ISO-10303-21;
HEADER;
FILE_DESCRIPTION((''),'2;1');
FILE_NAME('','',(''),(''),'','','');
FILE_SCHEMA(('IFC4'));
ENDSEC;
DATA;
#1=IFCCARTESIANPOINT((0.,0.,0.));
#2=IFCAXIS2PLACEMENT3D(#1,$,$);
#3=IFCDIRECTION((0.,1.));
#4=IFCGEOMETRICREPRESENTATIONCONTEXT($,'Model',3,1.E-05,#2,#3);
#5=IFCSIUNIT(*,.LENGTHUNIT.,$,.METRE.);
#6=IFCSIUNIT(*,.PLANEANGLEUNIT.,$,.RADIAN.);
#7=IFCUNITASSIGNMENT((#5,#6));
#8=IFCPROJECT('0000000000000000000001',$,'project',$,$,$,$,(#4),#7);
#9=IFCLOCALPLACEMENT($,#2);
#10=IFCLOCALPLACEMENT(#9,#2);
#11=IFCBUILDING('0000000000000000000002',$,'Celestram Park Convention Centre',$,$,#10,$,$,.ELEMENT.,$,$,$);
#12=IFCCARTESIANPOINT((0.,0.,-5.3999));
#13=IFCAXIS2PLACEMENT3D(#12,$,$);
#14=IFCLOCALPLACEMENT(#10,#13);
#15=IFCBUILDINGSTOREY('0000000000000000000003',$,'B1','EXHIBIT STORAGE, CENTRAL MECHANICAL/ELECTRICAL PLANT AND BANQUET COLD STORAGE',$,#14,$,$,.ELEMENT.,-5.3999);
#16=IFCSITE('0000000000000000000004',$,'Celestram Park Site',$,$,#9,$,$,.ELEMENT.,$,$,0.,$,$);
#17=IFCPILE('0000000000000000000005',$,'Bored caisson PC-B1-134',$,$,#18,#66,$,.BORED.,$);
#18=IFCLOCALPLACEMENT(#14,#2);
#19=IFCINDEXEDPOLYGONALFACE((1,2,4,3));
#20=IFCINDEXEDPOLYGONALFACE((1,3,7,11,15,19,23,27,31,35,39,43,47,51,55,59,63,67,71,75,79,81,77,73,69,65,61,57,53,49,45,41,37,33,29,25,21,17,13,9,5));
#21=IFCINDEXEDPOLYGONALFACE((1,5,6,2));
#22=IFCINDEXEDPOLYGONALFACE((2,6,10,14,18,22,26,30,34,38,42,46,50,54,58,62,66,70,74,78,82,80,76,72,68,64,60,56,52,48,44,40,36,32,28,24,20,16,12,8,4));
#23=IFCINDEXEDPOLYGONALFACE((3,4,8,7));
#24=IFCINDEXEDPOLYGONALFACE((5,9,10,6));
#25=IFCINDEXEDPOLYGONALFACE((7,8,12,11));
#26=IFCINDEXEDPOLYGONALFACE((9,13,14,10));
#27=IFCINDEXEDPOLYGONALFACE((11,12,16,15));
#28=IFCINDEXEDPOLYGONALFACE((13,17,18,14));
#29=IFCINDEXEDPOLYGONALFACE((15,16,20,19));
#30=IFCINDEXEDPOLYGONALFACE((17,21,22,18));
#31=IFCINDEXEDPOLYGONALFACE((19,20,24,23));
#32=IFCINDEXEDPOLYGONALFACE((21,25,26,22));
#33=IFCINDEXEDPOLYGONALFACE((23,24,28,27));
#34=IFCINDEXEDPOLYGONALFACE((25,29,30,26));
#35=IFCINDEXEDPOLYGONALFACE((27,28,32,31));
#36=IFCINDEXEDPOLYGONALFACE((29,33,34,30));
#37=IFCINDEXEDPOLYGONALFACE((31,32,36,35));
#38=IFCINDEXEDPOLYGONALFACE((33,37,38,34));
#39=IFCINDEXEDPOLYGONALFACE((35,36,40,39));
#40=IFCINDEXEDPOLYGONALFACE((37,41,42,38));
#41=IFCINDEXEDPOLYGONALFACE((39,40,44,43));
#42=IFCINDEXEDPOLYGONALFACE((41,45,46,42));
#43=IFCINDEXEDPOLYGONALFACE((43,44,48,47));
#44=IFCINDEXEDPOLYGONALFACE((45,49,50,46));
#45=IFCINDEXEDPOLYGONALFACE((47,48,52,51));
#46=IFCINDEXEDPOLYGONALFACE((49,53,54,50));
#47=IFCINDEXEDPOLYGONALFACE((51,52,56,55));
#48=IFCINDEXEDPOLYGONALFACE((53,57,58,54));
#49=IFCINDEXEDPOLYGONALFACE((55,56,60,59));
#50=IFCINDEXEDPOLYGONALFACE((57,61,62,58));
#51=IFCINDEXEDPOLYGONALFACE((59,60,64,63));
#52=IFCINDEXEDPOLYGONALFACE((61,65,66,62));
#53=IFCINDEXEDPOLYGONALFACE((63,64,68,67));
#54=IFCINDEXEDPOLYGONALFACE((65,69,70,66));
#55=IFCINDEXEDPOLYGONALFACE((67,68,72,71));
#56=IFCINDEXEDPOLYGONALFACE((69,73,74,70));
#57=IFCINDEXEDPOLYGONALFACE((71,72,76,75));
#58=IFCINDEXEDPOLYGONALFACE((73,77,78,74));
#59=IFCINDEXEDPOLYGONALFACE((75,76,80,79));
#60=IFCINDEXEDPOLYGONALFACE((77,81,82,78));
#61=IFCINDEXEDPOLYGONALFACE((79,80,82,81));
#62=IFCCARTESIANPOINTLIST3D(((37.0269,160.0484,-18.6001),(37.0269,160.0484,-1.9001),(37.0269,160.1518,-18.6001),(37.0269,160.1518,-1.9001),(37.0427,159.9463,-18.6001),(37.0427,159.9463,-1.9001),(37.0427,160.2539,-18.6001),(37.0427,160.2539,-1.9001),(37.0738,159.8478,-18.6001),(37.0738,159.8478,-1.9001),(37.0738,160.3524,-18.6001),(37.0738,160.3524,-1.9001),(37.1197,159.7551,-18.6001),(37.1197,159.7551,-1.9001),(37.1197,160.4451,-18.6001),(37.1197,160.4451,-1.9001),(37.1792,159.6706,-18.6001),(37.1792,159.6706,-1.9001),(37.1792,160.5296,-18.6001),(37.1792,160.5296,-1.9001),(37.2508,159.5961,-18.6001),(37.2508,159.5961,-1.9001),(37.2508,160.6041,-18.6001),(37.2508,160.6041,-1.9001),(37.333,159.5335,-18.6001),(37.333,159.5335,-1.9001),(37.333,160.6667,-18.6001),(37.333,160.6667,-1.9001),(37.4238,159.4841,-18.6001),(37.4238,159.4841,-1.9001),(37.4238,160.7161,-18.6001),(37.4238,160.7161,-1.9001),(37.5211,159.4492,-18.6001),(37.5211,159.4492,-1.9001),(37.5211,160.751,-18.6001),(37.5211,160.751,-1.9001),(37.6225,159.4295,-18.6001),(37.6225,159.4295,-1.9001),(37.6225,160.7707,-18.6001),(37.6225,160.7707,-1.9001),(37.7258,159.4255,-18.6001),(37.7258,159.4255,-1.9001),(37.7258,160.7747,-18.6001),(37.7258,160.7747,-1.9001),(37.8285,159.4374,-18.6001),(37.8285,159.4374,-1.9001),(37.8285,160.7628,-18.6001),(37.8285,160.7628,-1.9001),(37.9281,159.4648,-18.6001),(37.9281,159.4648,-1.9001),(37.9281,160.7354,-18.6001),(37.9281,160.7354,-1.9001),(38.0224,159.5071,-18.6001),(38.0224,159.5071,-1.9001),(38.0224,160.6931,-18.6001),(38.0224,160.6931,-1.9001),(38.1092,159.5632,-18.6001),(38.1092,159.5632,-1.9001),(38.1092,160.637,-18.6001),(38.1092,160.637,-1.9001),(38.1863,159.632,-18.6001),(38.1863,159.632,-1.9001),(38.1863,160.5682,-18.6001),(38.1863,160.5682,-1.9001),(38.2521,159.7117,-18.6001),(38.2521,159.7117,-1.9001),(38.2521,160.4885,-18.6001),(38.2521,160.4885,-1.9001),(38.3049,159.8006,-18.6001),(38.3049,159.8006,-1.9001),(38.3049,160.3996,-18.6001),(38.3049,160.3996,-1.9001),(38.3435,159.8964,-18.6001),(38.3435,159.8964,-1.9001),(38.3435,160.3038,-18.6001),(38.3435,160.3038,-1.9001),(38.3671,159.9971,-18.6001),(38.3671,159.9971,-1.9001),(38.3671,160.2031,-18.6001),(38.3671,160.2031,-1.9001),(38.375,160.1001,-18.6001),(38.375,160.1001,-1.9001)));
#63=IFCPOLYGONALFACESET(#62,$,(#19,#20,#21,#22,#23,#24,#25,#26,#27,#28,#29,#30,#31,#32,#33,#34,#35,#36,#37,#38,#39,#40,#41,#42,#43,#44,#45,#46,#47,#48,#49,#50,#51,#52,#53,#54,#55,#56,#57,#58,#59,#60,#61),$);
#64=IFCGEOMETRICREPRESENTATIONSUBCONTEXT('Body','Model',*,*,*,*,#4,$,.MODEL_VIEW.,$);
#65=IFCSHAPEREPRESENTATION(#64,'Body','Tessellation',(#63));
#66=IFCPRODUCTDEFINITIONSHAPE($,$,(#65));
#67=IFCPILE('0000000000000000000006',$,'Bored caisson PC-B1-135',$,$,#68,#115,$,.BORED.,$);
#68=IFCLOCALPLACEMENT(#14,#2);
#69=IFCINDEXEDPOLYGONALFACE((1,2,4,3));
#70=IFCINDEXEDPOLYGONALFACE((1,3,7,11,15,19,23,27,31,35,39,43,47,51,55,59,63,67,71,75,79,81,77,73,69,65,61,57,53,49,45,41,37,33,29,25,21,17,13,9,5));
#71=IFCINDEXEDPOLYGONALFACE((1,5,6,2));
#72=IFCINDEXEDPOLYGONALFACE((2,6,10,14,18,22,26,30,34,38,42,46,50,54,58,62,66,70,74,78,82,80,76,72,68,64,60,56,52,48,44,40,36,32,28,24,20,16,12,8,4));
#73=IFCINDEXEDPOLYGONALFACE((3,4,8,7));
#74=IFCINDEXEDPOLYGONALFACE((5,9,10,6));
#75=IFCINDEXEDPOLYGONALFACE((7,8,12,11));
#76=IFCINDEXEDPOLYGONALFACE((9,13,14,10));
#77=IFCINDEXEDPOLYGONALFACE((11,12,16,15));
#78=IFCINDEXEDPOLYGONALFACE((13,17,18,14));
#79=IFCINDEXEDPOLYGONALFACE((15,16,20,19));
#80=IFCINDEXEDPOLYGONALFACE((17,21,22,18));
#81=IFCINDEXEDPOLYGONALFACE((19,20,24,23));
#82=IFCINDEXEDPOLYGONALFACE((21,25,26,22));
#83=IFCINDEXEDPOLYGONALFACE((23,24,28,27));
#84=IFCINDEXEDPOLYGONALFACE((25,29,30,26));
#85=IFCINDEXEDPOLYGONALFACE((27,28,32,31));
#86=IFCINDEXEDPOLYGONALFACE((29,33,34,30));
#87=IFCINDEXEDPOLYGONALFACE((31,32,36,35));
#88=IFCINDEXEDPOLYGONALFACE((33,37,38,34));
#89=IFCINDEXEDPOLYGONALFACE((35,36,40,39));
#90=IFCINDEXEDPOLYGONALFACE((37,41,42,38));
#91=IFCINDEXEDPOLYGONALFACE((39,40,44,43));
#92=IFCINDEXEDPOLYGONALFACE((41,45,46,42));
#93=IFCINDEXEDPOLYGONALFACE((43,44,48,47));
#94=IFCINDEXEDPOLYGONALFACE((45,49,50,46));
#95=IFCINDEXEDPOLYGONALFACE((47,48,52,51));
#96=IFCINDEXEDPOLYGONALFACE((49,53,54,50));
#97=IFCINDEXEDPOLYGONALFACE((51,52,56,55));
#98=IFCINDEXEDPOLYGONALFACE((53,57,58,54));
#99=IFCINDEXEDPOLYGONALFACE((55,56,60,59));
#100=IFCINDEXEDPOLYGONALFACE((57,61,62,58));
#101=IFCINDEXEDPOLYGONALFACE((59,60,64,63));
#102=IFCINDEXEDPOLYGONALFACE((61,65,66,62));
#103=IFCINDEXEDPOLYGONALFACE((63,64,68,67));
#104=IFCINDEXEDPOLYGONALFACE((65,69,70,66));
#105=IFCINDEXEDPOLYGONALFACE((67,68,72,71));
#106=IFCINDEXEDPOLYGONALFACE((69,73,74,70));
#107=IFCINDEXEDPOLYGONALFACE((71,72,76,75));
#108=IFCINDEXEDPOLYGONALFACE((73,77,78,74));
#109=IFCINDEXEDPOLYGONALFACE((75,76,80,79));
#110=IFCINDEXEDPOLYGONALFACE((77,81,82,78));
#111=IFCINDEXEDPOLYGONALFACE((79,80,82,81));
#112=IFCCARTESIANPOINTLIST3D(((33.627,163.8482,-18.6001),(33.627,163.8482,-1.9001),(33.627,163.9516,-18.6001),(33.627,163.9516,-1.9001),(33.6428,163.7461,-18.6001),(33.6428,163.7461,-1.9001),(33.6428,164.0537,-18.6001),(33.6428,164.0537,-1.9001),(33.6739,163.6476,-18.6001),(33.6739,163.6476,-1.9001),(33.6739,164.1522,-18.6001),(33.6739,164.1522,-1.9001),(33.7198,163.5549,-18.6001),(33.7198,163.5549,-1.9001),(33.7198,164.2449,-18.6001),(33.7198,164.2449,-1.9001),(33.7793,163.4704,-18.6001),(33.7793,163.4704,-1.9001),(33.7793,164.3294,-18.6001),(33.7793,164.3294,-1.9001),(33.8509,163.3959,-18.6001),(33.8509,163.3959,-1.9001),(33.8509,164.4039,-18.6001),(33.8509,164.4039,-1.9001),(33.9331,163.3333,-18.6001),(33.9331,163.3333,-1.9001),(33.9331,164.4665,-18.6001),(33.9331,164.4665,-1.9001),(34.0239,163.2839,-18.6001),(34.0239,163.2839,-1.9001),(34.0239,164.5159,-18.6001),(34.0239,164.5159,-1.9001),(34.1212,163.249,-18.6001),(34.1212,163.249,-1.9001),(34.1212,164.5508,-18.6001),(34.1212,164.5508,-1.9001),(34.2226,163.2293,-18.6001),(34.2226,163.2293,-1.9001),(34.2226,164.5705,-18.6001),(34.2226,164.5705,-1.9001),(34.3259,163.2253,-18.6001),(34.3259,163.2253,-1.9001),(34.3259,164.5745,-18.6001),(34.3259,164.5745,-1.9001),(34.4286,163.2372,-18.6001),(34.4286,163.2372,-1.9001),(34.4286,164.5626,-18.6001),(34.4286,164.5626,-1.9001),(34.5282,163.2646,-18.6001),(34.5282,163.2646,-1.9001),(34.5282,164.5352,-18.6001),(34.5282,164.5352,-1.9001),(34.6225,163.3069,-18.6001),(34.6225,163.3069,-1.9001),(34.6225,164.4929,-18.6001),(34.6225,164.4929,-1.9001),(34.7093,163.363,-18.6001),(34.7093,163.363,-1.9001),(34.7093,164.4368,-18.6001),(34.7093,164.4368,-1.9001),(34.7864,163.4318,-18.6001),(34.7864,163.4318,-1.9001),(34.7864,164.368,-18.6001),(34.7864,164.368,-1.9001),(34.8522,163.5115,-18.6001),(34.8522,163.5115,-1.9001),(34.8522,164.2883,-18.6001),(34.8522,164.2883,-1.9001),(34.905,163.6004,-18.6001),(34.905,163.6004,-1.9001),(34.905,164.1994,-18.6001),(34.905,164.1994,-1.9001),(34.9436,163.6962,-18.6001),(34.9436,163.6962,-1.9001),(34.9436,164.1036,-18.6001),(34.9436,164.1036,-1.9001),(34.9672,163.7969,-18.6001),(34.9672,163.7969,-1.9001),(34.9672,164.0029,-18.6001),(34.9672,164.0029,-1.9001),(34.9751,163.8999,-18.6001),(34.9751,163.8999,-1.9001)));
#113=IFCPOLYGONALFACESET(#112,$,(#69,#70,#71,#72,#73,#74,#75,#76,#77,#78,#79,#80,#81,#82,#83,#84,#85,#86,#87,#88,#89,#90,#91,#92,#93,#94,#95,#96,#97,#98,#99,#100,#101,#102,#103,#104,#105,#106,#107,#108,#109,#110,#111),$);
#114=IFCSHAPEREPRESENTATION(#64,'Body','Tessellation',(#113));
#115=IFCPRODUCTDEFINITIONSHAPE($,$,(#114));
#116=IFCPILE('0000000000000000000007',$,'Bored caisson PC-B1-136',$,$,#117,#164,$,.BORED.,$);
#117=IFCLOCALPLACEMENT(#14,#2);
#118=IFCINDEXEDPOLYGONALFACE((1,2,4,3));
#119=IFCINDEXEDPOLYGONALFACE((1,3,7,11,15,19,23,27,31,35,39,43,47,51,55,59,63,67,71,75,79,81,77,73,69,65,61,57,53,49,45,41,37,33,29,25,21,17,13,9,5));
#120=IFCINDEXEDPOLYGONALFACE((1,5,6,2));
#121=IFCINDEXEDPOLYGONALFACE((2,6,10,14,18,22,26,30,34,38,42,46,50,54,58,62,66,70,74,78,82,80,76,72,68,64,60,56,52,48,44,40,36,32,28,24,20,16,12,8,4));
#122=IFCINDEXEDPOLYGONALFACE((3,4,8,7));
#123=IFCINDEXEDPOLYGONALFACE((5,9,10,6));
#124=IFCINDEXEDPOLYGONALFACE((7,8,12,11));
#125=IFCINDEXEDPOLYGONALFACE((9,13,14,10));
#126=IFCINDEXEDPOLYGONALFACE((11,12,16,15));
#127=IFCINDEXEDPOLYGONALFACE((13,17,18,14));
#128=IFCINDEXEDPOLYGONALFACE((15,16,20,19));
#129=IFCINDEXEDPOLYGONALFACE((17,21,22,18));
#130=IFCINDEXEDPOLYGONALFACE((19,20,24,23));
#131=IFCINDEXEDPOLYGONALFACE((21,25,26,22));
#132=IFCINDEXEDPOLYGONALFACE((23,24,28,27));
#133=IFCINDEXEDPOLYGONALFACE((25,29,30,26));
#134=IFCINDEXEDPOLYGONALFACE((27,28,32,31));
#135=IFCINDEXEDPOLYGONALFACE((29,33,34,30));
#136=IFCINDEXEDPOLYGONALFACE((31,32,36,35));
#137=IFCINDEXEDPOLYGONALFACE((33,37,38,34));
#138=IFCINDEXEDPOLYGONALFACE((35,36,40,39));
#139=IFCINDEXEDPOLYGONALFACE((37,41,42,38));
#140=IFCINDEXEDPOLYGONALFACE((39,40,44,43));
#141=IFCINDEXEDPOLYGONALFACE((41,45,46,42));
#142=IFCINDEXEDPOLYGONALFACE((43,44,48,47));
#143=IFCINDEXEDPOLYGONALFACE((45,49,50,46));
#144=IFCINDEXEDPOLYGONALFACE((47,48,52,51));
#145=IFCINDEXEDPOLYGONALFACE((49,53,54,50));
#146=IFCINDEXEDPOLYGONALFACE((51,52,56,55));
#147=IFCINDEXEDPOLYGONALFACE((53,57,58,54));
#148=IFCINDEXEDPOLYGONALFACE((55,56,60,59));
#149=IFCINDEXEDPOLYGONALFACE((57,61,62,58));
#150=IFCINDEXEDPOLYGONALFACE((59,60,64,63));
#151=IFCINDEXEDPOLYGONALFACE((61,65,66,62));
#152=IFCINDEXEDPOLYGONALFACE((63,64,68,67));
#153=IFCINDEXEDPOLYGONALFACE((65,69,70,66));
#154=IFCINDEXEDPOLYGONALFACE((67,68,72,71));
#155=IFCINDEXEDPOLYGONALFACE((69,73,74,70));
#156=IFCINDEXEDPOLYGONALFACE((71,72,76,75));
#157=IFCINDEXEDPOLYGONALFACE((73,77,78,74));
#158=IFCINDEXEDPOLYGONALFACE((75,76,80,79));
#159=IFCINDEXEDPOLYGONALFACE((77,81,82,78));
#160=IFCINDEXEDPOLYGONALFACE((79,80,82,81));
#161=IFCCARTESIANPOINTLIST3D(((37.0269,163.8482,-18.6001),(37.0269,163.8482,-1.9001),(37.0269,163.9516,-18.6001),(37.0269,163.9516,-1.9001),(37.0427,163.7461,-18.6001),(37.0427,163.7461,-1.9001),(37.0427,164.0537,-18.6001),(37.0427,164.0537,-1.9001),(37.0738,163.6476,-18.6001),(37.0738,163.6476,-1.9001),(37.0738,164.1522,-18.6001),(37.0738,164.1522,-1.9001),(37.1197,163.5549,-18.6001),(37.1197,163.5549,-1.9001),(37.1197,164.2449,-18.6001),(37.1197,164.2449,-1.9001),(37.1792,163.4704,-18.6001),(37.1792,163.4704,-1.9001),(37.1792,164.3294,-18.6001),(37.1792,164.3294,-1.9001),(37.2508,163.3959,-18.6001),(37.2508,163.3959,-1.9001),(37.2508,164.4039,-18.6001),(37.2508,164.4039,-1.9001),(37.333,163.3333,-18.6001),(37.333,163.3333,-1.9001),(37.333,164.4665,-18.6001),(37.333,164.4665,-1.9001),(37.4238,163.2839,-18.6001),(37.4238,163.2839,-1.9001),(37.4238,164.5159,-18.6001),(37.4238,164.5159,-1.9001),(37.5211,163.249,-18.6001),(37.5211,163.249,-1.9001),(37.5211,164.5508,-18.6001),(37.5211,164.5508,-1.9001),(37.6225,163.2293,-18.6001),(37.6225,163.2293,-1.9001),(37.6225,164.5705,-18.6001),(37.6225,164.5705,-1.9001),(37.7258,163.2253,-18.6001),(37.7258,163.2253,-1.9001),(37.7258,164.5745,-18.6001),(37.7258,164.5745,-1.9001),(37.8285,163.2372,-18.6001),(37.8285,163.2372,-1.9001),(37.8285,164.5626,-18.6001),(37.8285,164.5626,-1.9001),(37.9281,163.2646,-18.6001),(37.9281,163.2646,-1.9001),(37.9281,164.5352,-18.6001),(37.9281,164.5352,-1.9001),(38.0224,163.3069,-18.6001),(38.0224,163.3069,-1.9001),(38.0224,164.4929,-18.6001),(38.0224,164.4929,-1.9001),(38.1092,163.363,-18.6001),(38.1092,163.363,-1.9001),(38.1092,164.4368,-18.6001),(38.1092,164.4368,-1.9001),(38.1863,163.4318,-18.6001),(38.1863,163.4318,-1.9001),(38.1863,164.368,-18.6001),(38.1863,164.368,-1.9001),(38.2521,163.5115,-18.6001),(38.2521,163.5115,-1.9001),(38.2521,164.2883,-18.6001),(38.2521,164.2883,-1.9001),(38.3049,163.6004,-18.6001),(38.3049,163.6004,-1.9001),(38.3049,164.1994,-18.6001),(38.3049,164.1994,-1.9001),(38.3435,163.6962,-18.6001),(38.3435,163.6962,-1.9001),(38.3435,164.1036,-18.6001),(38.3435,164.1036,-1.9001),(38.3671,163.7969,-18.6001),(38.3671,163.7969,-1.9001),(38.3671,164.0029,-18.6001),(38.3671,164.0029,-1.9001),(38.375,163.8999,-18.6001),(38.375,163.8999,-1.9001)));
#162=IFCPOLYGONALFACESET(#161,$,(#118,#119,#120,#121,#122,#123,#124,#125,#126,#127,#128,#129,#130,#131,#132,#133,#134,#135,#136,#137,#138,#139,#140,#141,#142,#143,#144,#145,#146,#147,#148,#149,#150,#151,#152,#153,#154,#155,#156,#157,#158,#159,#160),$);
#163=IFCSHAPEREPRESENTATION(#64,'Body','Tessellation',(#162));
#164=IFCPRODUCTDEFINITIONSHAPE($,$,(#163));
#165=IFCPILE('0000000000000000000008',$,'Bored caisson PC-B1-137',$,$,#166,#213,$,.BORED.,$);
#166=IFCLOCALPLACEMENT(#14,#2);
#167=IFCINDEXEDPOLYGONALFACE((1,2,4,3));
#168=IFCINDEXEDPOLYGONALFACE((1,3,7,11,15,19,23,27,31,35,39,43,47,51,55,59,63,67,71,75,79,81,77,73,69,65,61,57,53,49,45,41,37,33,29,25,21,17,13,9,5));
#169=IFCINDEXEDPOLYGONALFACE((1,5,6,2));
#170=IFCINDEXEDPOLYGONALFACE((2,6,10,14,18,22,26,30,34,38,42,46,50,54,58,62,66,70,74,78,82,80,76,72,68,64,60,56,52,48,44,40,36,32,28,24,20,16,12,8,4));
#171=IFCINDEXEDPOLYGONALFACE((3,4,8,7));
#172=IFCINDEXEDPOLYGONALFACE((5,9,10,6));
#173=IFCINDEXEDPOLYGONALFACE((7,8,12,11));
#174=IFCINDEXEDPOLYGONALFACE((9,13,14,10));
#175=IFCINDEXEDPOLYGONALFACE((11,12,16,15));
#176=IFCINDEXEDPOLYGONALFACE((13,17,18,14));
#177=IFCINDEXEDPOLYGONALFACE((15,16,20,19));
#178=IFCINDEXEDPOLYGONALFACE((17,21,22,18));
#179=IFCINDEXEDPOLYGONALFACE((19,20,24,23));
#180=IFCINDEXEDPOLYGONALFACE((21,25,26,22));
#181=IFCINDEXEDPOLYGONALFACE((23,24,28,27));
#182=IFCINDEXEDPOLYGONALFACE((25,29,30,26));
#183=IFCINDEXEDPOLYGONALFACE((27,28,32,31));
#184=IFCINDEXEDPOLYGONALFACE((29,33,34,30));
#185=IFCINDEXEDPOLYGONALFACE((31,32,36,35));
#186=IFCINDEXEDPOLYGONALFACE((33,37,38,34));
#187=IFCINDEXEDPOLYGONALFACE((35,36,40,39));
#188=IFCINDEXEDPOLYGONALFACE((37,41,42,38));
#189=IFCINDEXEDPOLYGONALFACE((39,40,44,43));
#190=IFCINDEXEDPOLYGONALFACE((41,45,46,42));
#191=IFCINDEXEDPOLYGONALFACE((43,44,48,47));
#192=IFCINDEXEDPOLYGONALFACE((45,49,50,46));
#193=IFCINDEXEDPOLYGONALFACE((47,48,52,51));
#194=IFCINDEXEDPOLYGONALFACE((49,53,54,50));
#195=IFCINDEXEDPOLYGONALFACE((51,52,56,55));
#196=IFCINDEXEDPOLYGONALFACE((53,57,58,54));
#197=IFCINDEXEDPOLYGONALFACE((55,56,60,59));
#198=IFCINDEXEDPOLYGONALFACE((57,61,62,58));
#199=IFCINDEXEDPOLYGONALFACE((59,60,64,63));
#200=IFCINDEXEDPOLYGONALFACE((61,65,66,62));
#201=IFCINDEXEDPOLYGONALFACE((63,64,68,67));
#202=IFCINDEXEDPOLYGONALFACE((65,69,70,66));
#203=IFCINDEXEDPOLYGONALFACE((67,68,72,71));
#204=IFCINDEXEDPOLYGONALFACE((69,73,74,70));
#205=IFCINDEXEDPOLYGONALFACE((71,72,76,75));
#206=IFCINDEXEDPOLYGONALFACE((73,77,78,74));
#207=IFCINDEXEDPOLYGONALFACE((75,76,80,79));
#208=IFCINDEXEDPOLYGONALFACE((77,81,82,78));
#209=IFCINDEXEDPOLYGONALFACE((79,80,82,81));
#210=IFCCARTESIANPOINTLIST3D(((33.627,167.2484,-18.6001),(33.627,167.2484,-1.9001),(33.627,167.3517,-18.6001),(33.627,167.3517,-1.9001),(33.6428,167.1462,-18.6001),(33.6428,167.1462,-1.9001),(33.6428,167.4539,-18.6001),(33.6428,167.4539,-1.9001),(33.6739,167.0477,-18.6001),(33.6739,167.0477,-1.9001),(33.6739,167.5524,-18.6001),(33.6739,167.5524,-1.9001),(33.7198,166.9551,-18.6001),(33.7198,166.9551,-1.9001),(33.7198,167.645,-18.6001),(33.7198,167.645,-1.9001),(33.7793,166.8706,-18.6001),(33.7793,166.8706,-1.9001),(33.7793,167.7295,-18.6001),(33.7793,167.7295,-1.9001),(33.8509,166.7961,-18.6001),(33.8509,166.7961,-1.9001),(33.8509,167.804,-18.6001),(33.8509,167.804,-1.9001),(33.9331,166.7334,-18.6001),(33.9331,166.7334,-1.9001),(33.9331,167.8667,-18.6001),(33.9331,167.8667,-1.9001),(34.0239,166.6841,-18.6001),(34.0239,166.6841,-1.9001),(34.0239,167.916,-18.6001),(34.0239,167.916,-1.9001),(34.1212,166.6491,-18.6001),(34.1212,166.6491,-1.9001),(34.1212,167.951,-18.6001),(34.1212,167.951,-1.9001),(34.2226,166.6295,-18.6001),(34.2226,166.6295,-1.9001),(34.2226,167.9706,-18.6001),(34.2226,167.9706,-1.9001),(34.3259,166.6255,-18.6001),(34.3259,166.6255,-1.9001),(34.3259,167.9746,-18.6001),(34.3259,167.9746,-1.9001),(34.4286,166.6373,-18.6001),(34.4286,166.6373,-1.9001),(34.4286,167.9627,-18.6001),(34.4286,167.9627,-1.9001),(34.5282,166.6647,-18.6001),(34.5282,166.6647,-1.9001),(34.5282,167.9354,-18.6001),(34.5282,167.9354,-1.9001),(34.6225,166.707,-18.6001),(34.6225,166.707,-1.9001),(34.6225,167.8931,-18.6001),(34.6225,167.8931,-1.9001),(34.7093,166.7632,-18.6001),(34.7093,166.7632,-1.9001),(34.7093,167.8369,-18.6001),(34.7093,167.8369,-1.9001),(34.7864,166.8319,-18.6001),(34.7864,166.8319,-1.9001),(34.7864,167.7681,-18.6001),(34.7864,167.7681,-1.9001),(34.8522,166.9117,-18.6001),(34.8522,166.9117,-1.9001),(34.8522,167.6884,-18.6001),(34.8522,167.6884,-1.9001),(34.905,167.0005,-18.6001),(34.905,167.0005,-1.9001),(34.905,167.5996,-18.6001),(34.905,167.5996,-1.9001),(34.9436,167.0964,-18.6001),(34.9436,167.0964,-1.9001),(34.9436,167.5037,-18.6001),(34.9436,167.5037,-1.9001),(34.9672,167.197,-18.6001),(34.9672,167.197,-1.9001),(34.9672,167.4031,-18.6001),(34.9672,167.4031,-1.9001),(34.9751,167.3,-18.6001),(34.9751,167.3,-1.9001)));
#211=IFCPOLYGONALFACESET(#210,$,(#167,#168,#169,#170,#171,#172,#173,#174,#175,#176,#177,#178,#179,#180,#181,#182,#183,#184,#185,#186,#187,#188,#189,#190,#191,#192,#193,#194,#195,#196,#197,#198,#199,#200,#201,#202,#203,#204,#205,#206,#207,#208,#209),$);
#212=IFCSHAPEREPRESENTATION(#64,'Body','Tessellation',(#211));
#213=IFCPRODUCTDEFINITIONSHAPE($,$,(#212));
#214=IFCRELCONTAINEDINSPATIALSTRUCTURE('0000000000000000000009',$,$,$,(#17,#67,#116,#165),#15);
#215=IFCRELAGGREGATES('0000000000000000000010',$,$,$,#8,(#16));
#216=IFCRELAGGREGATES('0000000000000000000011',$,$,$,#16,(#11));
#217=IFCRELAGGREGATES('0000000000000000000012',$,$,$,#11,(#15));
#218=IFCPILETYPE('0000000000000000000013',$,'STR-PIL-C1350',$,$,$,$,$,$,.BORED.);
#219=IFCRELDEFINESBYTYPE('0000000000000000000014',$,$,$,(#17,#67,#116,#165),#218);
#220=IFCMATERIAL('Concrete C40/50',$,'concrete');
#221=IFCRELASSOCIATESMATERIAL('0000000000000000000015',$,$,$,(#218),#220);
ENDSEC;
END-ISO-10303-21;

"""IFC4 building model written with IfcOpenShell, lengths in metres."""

from ifc_helpers import new_model, si_unit, direction, frame, origin, origin_2d, place, context, subcontext, project, spatial, circle, extrude, material, material_profile, profile_set, type_object, element, save


model = new_model("IFC4")

# Units and contexts
model_context = context("Model", 3, precision=1e-05, world=origin(), true_north=direction((0.0, 1.0)))
body_context = subcontext(model_context, "Body", "Model", "MODEL_VIEW")
ifc_project = project(units=[si_unit("LENGTHUNIT", "METRE"), si_unit("PLANEANGLEUNIT", "RADIAN")], contexts=[model_context])

# Site, building, storey
site_placement = place(None, origin())
site = spatial("IfcSite", under=ifc_project, at=site_placement, Name="Celestram Park Site", CompositionType="ELEMENT", RefElevation=0.0)
building_placement = place(site_placement, origin())
building = spatial("IfcBuilding", under=site, at=building_placement, Name="Celestram Park Convention Centre", CompositionType="ELEMENT")
storey_placement = place(building_placement, frame((0.0, 0.0, -5.3999)))
storey = spatial("IfcBuildingStorey", under=building, at=storey_placement, Name="B1", Description="EXHIBIT STORAGE, CENTRAL MECHANICAL/ELECTRICAL PLANT AND BANQUET COLD STORAGE", CompositionType="ELEMENT", Elevation=-5.3999)

# Shared definitions
ifc_material_1 = material(Name="Concrete C40/50", Category="concrete")

# Piles
ifc_material_profile_1 = material_profile(ifc_material_1, circle(Radius=0.675, at=origin_2d()), Name="CAISSON1350")
ifc_profile_set_1 = profile_set([ifc_material_profile_1], Name="Concrete C40/50")
pile_type = type_object("IfcPileType", Name="STR-PIL-C1350", PredefinedType="BORED", material=ifc_profile_set_1)
for number, where, z_axis, x_axis, name in (
    (1, (37.7, 160.1001, -1.9001), (0.0, 0.0, -1.0), (1.0, 0.0, 0.0), "Bored caisson PC-B1-134"),
    (2, (34.3, 163.8999, -1.9001), (0.0, 0.0, -1.0), (1.0, 0.0, 0.0), "Bored caisson PC-B1-135"),
    (3, (37.7, 163.8999, -1.9001), (0.0, 0.0, -1.0), (1.0, 0.0, 0.0), "Bored caisson PC-B1-136"),
    (4, (34.3, 167.3, -1.9001), (0.0, 0.0, -1.0), (1.0, 0.0, 0.0), "Bored caisson PC-B1-137"),
):
    element("IfcPile", number, at=place(storey_placement, frame(where, z_axis=z_axis, x_axis=x_axis)), inside=storey, type_object=pile_type, Name=name, PredefinedType="BORED", context=body_context, shape_type="SweptSolid", body=[
        extrude(circle(Radius=0.675, at=origin_2d()), origin(), (0.0, 0.0, 1.0), 16.7),
    ])

save(model, "model.ifc")
